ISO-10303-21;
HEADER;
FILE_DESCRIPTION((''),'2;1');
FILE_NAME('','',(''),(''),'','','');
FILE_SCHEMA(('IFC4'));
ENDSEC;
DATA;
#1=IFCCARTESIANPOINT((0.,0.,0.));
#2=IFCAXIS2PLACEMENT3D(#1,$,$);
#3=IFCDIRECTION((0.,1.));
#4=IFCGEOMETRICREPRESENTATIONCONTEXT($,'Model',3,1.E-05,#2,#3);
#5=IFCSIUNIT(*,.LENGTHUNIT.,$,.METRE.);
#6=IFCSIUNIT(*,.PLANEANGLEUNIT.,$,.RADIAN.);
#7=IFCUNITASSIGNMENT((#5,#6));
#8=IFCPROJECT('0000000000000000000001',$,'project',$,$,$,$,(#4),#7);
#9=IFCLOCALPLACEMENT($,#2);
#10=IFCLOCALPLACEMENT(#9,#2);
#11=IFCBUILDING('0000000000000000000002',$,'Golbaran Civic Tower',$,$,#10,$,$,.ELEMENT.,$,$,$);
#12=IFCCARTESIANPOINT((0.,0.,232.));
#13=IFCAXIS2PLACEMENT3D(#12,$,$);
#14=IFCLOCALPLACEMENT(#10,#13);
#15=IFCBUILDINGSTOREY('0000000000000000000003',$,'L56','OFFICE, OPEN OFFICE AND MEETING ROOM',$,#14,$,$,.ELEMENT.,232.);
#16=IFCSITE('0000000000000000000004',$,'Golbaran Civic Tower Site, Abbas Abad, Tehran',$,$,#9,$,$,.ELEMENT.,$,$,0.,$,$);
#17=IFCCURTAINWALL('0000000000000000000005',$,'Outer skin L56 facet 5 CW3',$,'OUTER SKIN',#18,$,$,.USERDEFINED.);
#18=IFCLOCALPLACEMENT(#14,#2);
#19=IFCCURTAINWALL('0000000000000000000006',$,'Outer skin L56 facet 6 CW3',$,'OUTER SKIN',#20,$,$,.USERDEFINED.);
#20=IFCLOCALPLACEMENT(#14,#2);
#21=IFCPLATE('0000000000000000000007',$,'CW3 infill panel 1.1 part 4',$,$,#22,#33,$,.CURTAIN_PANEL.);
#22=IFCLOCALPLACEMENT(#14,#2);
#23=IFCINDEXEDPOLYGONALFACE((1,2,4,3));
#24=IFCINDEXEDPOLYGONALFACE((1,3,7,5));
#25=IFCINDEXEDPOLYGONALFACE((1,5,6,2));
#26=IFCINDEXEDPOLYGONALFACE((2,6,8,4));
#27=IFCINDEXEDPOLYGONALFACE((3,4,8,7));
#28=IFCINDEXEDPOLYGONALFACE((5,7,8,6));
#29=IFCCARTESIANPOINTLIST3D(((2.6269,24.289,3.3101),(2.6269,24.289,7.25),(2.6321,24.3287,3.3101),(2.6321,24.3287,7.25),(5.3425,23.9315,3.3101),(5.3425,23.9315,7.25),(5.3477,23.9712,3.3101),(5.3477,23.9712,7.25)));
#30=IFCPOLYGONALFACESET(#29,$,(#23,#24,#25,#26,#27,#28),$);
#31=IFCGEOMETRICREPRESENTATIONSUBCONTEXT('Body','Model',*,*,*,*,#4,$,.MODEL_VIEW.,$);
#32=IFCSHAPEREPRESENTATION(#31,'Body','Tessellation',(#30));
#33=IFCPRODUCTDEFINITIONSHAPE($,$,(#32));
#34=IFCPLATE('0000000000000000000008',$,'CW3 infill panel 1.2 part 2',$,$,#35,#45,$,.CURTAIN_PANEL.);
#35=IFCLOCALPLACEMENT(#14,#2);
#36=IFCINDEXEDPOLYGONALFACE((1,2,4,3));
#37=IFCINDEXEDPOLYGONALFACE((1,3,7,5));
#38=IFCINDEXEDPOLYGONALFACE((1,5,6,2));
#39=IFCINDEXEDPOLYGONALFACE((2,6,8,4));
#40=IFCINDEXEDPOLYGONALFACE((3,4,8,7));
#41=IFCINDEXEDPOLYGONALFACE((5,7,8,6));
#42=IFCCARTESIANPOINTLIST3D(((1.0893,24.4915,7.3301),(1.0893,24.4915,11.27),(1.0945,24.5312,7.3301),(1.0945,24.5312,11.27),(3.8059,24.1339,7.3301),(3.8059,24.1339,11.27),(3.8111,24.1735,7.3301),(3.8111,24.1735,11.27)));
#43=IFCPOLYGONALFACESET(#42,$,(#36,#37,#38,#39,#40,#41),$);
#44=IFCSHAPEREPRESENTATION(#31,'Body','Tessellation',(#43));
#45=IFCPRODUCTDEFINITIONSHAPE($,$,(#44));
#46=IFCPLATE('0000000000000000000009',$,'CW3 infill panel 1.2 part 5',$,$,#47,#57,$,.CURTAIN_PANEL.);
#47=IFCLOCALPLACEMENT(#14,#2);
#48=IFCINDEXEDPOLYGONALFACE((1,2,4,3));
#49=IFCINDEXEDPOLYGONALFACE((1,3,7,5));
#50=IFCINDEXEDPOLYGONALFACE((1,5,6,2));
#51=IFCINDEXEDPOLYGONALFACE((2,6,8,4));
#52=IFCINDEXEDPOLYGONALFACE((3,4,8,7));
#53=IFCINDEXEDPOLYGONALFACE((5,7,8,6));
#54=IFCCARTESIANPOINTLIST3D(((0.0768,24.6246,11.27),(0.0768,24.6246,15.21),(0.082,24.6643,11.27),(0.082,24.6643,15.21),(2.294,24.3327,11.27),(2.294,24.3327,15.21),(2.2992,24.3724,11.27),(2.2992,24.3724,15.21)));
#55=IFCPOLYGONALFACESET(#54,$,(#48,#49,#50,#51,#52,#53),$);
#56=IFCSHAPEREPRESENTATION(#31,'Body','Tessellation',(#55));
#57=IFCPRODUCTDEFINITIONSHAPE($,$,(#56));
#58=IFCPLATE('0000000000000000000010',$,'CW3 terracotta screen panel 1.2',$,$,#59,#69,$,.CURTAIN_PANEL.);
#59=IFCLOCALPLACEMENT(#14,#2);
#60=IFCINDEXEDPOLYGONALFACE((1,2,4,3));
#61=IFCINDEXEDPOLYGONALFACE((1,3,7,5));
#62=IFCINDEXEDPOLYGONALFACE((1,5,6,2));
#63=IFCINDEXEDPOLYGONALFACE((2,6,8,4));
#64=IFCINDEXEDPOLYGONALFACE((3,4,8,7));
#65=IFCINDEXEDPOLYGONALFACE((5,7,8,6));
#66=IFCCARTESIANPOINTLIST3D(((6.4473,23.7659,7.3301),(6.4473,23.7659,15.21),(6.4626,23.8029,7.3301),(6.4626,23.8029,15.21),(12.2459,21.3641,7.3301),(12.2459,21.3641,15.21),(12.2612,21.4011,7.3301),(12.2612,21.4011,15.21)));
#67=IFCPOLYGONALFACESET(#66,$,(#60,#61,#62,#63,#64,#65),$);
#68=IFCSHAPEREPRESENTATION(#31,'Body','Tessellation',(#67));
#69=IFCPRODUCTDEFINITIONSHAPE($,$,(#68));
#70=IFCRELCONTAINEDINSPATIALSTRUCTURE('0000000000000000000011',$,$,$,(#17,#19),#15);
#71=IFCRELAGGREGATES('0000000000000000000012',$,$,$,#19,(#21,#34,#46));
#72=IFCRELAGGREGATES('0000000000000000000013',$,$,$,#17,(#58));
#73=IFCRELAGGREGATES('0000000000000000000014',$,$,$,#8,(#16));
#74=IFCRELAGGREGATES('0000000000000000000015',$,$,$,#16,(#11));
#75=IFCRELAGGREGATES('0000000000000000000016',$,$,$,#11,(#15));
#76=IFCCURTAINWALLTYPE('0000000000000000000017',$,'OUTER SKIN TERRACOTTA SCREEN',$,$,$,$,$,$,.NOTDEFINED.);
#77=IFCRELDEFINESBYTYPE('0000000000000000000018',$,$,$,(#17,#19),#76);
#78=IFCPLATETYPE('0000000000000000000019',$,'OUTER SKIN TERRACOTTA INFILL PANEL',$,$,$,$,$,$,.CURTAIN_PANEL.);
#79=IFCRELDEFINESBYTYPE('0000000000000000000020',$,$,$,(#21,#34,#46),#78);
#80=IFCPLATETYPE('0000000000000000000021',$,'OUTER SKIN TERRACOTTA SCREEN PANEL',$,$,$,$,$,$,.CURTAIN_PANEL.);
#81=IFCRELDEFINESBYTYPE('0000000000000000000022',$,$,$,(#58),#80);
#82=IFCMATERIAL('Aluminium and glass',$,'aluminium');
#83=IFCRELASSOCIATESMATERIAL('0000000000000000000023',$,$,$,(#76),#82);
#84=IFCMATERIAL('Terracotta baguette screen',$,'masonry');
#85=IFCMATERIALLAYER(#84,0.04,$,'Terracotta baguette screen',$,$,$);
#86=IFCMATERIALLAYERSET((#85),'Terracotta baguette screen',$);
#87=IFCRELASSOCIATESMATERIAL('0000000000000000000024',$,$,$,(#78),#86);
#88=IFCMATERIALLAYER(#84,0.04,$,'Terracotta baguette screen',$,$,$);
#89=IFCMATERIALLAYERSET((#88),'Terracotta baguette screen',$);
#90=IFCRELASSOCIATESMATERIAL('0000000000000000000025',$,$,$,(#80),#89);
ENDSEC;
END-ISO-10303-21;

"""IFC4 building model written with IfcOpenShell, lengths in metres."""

from ifc_helpers import new_model, si_unit, direction, frame, origin, origin_2d, place, context, subcontext, project, spatial, rectangle, extrude, material, layer, layer_set, type_object, element, aggregate, save


model = new_model("IFC4")

# Units and contexts
model_context = context("Model", 3, precision=1e-05, world=origin(), true_north=direction((0.0, 1.0)))
body_context = subcontext(model_context, "Body", "Model", "MODEL_VIEW")
ifc_project = project(units=[si_unit("LENGTHUNIT", "METRE"), si_unit("PLANEANGLEUNIT", "RADIAN")], contexts=[model_context])

# Site, building, storey
site_placement = place(None, origin())
site = spatial("IfcSite", under=ifc_project, at=site_placement, Name="Golbaran Civic Tower Site, Abbas Abad, Tehran", CompositionType="ELEMENT", RefElevation=0.0)
building_placement = place(site_placement, origin())
building = spatial("IfcBuilding", under=site, at=building_placement, Name="Golbaran Civic Tower", CompositionType="ELEMENT")
storey_placement = place(building_placement, frame((0.0, 0.0, 232.0)))
storey = spatial("IfcBuildingStorey", under=building, at=storey_placement, Name="L56", Description="OFFICE, OPEN OFFICE AND MEETING ROOM", CompositionType="ELEMENT", Elevation=232.0)

# Curtain walls
ifc_material_1 = material(Name="Aluminium and glass", Category="aluminium")
curtain_wall_type_1 = type_object("IfcCurtainWallType", Name="OUTER SKIN TERRACOTTA SCREEN", PredefinedType="NOTDEFINED", material=ifc_material_1)
curtain_wall_1_placement = place(storey_placement, origin())
curtain_wall_1 = element("IfcCurtainWall", 1, at=curtain_wall_1_placement, inside=storey, type_object=curtain_wall_type_1, Name="Outer skin L56 facet 5 CW3", ObjectType="OUTER SKIN", PredefinedType="USERDEFINED")
curtain_wall_2_placement = place(storey_placement, origin())
curtain_wall_2 = element("IfcCurtainWall", 2, at=curtain_wall_2_placement, inside=storey, type_object=curtain_wall_type_1, Name="Outer skin L56 facet 6 CW3", ObjectType="OUTER SKIN", PredefinedType="USERDEFINED")

# Plates
ifc_material_2 = material(Name="Terracotta baguette screen", Category="masonry")
ifc_layer_1 = layer(ifc_material_2, 0.04, Name="Terracotta baguette screen")
ifc_layer_set_1 = layer_set([ifc_layer_1], Name="Terracotta baguette screen")
plate_type_1 = type_object("IfcPlateType", Name="OUTER SKIN TERRACOTTA INFILL PANEL", PredefinedType="CURTAIN_PANEL", material=ifc_layer_set_1)
plate_1_placement = place(storey_placement, frame((3.9873, 24.1301, 3.3101), z_axis=(0.0, 0.0, 1.0), x_axis=(-0.991445, 0.130526, 0.0)))
plate_1 = element("IfcPlate", 3, at=plate_1_placement, type_object=plate_type_1, Name="CW3 infill panel 1.1 part 4", PredefinedType="CURTAIN_PANEL", context=body_context, shape_type="SweptSolid", body=[
    extrude(rectangle(XDim=2.739, YDim=0.04, at=origin_2d()), origin(), (0.0, 0.0, 1.0), 3.9399),
])
plate_2_placement = place(storey_placement, frame((2.4502, 24.3325, 7.3301), z_axis=(0.0, 0.0, 1.0), x_axis=(-0.991445, 0.130526, 0.0)))
plate_2 = element("IfcPlate", 4, at=plate_2_placement, type_object=plate_type_1, Name="CW3 infill panel 1.2 part 2", PredefinedType="CURTAIN_PANEL", context=body_context, shape_type="SweptSolid", body=[
    extrude(rectangle(XDim=2.74, YDim=0.04, at=origin_2d()), origin(), (0.0, 0.0, 1.0), 3.9399),
])
plate_3_placement = place(storey_placement, frame((1.188, 24.4985, 11.27), z_axis=(0.0, 0.0, 1.0), x_axis=(-0.991445, 0.130526, 0.0)))
plate_3 = element("IfcPlate", 5, at=plate_3_placement, type_object=plate_type_1, Name="CW3 infill panel 1.2 part 5", PredefinedType="CURTAIN_PANEL", context=body_context, shape_type="SweptSolid", body=[
    extrude(rectangle(XDim=2.2363, YDim=0.04, at=origin_2d()), origin(), (0.0, 0.0, 1.0), 3.9399),
])
aggregate(curtain_wall_2, [plate_1, plate_2, plate_3])
ifc_layer_2 = layer(ifc_material_2, 0.04, Name="Terracotta baguette screen")
ifc_layer_set_2 = layer_set([ifc_layer_2], Name="Terracotta baguette screen")
plate_type_2 = type_object("IfcPlateType", Name="OUTER SKIN TERRACOTTA SCREEN PANEL", PredefinedType="CURTAIN_PANEL", material=ifc_layer_set_2)
plate_4_placement = place(storey_placement, frame((9.3542, 22.5835, 7.3301), z_axis=(0.0, 0.0, 1.0), x_axis=(-0.92388, 0.382683, 0.0)))
plate_4 = element("IfcPlate", 6, at=plate_4_placement, type_object=plate_type_2, Name="CW3 terracotta screen panel 1.2", PredefinedType="CURTAIN_PANEL", context=body_context, shape_type="SweptSolid", body=[
    extrude(rectangle(XDim=6.2764, YDim=0.04, at=origin_2d()), origin(), (0.0, 0.0, 1.0), 7.8799),
])
aggregate(curtain_wall_1, [plate_4])

save(model, "model.ifc")
